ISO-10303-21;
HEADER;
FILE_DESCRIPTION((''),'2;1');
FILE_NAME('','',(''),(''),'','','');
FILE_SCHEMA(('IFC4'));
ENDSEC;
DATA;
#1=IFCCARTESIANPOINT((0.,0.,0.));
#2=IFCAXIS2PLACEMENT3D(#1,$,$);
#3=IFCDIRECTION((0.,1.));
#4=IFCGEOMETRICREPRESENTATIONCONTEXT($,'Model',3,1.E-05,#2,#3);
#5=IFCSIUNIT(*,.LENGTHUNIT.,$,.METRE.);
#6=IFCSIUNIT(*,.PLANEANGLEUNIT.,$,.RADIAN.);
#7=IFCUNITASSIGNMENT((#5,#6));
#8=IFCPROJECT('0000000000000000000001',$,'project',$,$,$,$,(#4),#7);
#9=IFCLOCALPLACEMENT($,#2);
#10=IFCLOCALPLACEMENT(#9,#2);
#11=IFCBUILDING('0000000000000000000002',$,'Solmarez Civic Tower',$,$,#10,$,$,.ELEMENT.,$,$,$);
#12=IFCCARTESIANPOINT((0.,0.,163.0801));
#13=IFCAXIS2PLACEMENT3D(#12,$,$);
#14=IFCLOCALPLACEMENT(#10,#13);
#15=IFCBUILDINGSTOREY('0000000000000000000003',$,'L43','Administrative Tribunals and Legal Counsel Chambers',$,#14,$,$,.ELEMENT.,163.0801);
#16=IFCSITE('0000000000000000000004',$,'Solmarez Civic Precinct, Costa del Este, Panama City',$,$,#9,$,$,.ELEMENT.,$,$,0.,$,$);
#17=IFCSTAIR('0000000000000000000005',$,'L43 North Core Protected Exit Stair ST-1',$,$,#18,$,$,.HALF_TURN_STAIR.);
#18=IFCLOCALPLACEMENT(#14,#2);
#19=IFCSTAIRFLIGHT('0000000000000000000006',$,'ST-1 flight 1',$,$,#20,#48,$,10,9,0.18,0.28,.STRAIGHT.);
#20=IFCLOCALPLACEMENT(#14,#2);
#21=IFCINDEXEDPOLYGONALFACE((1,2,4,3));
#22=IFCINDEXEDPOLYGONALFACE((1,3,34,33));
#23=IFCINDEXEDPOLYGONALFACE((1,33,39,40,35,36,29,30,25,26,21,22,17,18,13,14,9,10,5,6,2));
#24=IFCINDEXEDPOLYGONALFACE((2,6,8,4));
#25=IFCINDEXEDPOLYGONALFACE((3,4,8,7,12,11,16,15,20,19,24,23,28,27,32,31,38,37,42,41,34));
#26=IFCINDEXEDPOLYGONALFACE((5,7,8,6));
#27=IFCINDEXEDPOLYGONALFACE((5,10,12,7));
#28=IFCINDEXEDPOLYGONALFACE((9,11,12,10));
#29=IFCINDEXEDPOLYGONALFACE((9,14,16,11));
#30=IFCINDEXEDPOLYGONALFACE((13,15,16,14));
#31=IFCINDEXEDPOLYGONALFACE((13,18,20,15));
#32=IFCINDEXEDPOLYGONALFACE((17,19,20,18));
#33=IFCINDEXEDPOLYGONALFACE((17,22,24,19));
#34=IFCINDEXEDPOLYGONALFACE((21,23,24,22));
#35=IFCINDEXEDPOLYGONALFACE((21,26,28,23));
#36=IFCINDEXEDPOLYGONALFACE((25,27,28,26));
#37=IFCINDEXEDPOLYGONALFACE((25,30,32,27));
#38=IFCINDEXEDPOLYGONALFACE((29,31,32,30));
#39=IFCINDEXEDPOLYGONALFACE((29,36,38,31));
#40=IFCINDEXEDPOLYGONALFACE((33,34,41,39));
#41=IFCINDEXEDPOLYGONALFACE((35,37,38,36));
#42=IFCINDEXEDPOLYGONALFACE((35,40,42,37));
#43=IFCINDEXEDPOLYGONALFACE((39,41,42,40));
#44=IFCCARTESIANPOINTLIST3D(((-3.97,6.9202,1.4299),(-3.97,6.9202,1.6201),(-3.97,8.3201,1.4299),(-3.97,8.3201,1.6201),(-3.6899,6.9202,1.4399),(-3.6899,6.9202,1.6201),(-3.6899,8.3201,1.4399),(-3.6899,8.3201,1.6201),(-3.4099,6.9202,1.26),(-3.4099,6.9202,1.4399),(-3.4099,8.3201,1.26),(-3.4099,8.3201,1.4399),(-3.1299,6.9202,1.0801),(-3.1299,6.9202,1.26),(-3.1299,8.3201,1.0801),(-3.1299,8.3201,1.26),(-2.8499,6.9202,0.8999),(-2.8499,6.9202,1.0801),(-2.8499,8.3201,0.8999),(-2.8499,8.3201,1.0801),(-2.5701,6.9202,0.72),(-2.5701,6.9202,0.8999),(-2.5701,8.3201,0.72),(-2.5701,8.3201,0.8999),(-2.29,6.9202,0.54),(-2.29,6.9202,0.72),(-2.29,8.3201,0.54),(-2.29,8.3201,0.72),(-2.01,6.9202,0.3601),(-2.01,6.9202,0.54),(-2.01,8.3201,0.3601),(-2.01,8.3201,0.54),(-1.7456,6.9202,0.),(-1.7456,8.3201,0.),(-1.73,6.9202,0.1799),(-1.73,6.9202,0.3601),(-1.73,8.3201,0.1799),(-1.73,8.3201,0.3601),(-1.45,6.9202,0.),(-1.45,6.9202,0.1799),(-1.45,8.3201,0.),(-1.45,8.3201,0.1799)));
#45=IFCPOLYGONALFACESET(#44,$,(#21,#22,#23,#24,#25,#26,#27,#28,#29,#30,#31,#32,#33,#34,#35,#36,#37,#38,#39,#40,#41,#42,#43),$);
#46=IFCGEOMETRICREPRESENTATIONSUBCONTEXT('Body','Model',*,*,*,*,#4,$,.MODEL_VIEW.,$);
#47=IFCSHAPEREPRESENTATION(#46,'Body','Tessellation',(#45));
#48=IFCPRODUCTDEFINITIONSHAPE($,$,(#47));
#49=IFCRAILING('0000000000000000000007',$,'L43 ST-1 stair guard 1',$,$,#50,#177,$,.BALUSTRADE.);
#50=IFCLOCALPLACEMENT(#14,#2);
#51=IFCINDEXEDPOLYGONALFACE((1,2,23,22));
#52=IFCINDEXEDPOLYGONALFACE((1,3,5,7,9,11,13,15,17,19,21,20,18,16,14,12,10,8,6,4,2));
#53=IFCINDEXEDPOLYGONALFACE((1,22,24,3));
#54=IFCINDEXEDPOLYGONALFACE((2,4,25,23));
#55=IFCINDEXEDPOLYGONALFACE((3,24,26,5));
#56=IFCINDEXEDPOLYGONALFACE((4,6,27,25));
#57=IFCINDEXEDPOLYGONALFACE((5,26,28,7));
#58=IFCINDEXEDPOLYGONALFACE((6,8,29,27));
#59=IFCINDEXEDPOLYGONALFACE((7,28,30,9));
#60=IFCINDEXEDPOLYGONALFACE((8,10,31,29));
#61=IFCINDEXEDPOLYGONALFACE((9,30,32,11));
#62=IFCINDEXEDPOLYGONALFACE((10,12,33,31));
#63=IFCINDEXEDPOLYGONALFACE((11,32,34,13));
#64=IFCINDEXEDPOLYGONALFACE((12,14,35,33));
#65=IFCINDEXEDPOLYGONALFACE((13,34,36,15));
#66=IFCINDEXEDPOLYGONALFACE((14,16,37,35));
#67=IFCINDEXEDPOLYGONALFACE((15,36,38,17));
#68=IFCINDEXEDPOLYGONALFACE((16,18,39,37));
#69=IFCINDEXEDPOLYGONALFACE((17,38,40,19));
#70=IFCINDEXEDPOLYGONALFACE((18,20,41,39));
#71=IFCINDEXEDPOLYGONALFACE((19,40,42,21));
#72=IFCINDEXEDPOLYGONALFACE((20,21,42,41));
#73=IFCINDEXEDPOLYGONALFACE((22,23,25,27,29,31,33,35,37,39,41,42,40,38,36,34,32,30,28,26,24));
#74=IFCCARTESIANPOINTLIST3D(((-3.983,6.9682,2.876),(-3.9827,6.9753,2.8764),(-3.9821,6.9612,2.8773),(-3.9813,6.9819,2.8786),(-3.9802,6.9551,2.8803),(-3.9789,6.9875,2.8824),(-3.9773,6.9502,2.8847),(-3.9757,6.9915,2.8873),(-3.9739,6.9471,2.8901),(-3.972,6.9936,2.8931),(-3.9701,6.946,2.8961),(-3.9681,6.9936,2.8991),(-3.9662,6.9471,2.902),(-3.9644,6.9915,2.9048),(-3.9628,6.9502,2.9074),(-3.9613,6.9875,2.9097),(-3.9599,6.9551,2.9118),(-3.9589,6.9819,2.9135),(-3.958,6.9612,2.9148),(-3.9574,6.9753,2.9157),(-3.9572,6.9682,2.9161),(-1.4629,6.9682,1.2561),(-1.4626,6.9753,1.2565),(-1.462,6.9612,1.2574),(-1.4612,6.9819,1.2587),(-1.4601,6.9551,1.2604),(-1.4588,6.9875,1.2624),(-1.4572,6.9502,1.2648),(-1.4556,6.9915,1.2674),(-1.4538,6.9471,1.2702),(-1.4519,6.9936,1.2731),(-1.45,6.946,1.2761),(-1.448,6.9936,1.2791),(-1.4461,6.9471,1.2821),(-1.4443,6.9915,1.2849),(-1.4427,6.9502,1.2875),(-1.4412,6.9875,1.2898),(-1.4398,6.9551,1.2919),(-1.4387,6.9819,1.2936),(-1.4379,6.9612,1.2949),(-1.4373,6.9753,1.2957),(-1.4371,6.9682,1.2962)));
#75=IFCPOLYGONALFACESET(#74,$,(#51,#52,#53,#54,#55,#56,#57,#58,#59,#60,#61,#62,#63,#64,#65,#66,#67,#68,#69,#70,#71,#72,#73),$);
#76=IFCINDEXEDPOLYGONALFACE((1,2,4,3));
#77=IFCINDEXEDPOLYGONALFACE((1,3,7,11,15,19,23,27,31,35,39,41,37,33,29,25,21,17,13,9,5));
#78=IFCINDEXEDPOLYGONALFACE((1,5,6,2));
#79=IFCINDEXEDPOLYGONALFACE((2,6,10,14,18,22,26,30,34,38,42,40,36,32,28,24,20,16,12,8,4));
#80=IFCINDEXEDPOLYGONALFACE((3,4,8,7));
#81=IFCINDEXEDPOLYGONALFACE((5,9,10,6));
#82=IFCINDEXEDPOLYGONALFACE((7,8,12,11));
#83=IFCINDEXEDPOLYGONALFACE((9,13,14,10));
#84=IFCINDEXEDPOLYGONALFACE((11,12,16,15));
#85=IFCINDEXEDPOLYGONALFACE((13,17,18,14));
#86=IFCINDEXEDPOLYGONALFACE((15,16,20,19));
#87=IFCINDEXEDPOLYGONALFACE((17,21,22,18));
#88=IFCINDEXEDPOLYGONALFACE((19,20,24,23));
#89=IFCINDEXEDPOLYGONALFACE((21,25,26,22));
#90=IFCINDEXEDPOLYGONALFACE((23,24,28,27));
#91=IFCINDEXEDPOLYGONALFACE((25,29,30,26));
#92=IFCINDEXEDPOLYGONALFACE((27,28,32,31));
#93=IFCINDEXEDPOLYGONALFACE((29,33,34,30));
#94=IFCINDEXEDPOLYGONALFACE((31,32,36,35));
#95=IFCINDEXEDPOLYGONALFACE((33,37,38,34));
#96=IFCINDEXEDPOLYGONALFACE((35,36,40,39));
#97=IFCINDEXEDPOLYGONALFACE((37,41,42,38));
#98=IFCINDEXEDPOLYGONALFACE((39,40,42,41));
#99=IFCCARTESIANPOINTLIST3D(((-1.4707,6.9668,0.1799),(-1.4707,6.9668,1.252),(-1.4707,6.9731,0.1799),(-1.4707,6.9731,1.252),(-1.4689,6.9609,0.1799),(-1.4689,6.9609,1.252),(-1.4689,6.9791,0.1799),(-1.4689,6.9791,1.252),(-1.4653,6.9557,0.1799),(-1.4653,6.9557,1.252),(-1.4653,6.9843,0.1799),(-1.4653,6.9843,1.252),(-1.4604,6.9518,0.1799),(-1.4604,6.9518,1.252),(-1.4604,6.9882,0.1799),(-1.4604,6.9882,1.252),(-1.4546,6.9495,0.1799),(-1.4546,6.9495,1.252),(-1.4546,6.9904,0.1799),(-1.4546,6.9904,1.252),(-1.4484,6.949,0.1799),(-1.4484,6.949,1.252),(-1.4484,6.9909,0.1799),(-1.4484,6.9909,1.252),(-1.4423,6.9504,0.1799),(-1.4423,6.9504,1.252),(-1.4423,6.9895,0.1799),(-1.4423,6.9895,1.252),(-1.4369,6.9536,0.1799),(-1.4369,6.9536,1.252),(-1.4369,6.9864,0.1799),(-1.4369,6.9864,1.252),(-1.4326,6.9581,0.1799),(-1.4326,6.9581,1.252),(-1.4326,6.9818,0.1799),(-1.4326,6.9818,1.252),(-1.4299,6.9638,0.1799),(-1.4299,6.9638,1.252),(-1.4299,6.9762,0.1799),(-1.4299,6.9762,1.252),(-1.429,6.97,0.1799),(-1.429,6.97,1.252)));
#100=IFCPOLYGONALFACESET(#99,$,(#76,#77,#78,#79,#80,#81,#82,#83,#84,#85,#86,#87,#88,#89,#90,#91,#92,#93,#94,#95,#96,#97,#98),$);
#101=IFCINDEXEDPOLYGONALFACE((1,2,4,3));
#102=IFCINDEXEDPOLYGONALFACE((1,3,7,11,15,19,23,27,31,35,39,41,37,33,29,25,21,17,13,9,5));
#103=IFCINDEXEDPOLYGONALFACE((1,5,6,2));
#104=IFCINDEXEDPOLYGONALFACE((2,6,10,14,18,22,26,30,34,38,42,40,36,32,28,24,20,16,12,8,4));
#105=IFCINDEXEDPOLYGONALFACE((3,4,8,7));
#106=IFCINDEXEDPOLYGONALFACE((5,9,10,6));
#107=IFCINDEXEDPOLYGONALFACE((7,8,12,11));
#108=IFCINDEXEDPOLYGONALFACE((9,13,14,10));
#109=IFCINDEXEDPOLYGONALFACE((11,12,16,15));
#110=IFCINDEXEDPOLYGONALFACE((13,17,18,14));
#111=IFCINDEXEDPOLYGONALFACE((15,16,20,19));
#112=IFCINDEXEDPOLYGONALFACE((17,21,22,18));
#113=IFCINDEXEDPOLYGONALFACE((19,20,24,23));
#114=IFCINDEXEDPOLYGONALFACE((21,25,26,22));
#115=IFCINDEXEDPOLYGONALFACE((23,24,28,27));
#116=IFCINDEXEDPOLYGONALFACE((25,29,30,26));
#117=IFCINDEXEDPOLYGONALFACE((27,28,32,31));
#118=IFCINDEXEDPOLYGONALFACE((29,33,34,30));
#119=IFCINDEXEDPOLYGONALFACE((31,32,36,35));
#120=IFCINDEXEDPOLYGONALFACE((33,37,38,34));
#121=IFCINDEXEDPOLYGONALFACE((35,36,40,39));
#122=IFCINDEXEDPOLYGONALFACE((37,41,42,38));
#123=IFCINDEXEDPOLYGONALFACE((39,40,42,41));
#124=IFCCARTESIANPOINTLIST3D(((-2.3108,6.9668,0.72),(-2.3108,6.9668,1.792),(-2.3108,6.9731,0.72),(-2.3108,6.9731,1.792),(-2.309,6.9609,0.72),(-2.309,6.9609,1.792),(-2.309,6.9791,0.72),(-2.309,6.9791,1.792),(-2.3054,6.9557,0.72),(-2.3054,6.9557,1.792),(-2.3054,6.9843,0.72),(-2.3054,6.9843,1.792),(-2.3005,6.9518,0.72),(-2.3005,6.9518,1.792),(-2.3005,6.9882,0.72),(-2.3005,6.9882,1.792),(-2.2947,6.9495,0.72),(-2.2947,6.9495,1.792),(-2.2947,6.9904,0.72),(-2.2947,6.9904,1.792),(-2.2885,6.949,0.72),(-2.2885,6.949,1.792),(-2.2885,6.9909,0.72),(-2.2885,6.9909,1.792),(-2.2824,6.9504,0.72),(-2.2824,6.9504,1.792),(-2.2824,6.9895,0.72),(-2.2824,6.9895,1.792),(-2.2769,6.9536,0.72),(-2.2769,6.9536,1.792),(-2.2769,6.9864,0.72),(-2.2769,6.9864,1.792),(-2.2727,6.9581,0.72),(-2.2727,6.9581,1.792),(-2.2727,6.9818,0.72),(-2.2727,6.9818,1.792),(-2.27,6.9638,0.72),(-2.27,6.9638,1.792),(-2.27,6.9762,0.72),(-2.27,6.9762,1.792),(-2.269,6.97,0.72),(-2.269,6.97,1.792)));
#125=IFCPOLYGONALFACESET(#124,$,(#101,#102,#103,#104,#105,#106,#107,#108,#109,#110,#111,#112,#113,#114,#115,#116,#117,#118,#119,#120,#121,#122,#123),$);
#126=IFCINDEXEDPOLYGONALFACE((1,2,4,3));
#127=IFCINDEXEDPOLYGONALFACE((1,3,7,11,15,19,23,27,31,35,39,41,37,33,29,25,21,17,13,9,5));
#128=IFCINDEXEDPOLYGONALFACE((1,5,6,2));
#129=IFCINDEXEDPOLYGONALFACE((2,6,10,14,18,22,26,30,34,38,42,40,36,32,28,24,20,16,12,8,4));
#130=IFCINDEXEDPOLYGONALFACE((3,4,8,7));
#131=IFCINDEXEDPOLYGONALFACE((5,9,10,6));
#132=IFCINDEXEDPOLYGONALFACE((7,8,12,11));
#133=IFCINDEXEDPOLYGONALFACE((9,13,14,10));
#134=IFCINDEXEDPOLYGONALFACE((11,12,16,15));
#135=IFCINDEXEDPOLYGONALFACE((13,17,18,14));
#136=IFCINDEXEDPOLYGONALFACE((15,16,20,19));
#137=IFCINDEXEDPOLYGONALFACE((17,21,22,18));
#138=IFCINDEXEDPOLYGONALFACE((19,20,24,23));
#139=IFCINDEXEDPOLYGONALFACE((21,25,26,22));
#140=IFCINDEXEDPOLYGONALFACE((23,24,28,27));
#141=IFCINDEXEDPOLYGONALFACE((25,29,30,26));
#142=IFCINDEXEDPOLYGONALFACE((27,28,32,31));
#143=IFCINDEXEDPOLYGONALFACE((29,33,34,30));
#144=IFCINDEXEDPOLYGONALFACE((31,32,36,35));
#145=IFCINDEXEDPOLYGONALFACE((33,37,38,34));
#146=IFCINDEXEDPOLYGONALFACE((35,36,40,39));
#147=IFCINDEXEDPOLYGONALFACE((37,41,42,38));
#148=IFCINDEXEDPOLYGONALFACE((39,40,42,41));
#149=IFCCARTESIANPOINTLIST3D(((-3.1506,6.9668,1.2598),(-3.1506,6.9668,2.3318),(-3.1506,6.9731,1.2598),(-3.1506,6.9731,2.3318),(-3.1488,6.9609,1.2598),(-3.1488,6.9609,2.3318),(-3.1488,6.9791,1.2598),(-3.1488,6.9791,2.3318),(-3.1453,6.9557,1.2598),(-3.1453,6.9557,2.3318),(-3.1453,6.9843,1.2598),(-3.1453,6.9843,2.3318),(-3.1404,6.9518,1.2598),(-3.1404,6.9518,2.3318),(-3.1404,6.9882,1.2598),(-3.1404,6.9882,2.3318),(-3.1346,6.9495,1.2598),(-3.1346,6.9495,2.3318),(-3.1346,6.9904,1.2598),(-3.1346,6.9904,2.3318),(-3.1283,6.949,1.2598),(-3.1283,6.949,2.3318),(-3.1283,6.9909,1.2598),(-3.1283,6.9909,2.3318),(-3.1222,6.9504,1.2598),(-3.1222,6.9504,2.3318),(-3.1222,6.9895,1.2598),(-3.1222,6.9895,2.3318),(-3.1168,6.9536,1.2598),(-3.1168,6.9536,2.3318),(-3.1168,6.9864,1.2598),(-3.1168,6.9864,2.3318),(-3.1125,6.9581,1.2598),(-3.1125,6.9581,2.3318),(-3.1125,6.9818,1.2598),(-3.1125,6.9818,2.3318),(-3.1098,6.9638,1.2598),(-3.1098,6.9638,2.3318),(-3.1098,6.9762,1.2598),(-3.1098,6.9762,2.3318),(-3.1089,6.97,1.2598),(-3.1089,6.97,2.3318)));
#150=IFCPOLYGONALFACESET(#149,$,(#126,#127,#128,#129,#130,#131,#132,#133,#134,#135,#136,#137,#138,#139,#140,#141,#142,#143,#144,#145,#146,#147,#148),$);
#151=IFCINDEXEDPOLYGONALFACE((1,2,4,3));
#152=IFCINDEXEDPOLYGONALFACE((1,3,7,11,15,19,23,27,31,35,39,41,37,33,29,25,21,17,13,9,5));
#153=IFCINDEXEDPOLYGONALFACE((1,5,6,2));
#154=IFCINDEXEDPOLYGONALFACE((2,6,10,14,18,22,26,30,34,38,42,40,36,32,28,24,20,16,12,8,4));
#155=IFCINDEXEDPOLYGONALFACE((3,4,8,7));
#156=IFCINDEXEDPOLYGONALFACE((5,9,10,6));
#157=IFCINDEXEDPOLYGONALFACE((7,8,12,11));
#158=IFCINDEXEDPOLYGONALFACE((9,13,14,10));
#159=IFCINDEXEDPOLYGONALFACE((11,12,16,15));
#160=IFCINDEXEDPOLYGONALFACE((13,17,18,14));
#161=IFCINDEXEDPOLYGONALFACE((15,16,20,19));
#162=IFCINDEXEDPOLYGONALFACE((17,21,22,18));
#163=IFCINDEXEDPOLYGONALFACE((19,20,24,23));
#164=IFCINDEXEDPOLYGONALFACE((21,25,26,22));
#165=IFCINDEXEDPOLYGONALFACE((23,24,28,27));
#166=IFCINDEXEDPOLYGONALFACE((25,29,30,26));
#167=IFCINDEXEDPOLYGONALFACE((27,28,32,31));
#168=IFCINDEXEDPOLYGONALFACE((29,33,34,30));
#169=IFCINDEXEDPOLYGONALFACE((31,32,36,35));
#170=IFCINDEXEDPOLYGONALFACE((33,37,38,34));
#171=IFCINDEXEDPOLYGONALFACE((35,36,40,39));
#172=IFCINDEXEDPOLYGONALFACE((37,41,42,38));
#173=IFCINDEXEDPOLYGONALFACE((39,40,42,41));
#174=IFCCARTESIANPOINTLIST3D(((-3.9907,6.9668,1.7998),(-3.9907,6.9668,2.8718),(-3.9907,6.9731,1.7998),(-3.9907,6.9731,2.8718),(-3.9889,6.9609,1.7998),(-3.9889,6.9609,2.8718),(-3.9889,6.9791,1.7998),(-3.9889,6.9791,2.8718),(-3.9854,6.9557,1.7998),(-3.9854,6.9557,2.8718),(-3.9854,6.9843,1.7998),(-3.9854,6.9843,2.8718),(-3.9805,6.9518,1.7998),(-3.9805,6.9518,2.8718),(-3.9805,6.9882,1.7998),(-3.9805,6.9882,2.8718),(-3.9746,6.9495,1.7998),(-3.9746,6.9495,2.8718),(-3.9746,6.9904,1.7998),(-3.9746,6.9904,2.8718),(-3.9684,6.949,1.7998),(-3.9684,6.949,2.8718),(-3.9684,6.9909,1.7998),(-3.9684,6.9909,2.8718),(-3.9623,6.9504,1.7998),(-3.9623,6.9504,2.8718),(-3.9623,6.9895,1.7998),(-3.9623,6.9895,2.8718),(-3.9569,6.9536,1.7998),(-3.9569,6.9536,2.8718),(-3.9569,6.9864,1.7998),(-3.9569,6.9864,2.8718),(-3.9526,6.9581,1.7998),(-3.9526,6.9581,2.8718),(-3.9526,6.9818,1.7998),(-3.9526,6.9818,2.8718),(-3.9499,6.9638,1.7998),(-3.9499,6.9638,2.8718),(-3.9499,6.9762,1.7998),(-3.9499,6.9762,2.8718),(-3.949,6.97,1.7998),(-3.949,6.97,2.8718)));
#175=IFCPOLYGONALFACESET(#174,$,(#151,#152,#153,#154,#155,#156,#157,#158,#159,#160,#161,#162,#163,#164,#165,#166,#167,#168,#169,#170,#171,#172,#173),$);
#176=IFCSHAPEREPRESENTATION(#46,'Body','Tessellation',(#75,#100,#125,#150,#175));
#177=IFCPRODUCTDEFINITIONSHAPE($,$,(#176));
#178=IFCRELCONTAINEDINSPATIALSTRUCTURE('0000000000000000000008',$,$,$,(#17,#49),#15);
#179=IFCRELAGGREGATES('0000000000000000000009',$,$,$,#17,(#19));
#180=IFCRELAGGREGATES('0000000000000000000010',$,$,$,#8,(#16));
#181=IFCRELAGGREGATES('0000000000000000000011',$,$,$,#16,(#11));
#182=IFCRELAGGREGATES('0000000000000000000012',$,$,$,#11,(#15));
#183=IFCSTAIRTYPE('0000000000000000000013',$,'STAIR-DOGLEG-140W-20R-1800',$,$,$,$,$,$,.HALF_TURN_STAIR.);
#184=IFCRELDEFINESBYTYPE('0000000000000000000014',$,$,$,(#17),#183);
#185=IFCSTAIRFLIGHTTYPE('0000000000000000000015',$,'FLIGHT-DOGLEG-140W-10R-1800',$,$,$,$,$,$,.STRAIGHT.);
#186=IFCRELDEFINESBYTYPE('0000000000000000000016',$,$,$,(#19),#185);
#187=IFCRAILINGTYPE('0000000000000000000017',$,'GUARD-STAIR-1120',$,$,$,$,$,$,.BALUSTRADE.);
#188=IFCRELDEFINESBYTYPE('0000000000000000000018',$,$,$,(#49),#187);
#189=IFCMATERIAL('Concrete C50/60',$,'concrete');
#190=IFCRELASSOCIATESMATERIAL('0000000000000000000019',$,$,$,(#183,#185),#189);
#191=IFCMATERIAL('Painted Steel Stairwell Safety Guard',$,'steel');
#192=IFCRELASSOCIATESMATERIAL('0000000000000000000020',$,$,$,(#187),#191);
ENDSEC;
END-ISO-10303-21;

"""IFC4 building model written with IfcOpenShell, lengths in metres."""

from ifc_helpers import new_model, si_unit, direction, frame, origin, origin_2d, place, context, subcontext, project, spatial, polyline, circle, outline, extrude, material, type_object, element, aggregate, save


model = new_model("IFC4")

# Units and contexts
model_context = context("Model", 3, precision=1e-05, world=origin(), true_north=direction((0.0, 1.0)))
body_context = subcontext(model_context, "Body", "Model", "MODEL_VIEW")
ifc_project = project(units=[si_unit("LENGTHUNIT", "METRE"), si_unit("PLANEANGLEUNIT", "RADIAN")], contexts=[model_context])

# Site, building, storey
site_placement = place(None, origin())
site = spatial("IfcSite", under=ifc_project, at=site_placement, Name="Solmarez Civic Precinct, Costa del Este, Panama City", CompositionType="ELEMENT", RefElevation=0.0)
building_placement = place(site_placement, origin())
building = spatial("IfcBuilding", under=site, at=building_placement, Name="Solmarez Civic Tower", CompositionType="ELEMENT")
storey_placement = place(building_placement, frame((0.0, 0.0, 163.0801)))
storey = spatial("IfcBuildingStorey", under=building, at=storey_placement, Name="L43", Description="Administrative Tribunals and Legal Counsel Chambers", CompositionType="ELEMENT", Elevation=163.0801)

# Shared definitions
ifc_material_1 = material(Name="Concrete C50/60", Category="concrete")

# Stair, stair flight
stair_type = type_object("IfcStairType", Name="STAIR-DOGLEG-140W-20R-1800", PredefinedType="HALF_TURN_STAIR", material=ifc_material_1)
stair_placement = place(storey_placement, origin())
stair = element("IfcStair", 1, at=stair_placement, inside=storey, type_object=stair_type, Name="L43 North Core Protected Exit Stair ST-1", PredefinedType="HALF_TURN_STAIR")
stair_flight_type = type_object("IfcStairFlightType", Name="FLIGHT-DOGLEG-140W-10R-1800", PredefinedType="STRAIGHT", material=ifc_material_1)
stair_flight_placement = place(storey_placement, frame((-1.45, 7.6201, 0.0), z_axis=(0.0, 0.0, 1.0), x_axis=(-1.0, 0.0, 0.0)))
stair_flight = element("IfcStairFlight", 2, at=stair_flight_placement, type_object=stair_flight_type, Name="ST-1 flight 1", NumberOfRisers=10, NumberOfTreads=9, PredefinedType="STRAIGHT", RiserHeight=0.18, TreadLength=0.28, context=body_context, shape_type="SweptSolid", body=[
    extrude(outline(polyline([(0.0, 0.0), (0.0, 0.1799), (0.28, 0.1799), (0.28, 0.3601), (0.5601, 0.3601), (0.5601, 0.54), (0.8401, 0.54), (0.8401, 0.72), (1.1201, 0.72), (1.1201, 0.8999), (1.3999, 0.8999), (1.3999, 1.0801), (1.6799, 1.0801), (1.6799, 1.26), (1.96, 1.26), (1.96, 1.4399), (2.24, 1.4399), (2.24, 1.6201), (2.52, 1.6201), (2.52, 1.8), (2.52, 1.4299), (0.2957, 0.0), (0.0, 0.0)])), frame((0.0, 0.7, 0.0), z_axis=(0.0, -1.0, 0.0), x_axis=(1.0, 0.0, 0.0)), (0.0, 0.0, 1.0), 1.3999),
])
aggregate(stair, [stair_flight])

# Railing
ifc_material_2 = material(Name="Painted Steel Stairwell Safety Guard", Category="steel")
railing_type_1 = type_object("IfcRailingType", Name="GUARD-STAIR-1120", PredefinedType="BALUSTRADE", material=ifc_material_2)
railing_1_placement = place(storey_placement, frame((-1.45, 6.97, 0.1799)))
element("IfcRailing", 3, at=railing_1_placement, inside=storey, type_object=railing_type_1, Name="L43 ST-1 stair guard 1", PredefinedType="BALUSTRADE", context=body_context, shape_type="SweptSolid", body=[
    extrude(circle(Radius=0.0239, at=origin_2d()), frame((0.0, 0.0, 1.0962), z_axis=(-0.8412, 0.0, 0.540725), x_axis=(0.0, -1.0, 0.0)), (0.0, 0.0, 1.0), 2.9958),
    extrude(circle(Radius=0.021, at=origin_2d()), origin(), (0.0, 0.0, 1.0), 1.072),
    extrude(circle(Radius=0.021, at=origin_2d()), frame((-0.8401, 0.0, 0.54)), (0.0, 0.0, 1.0), 1.072),
    extrude(circle(Radius=0.021, at=origin_2d()), frame((-1.6799, 0.0, 1.0798)), (0.0, 0.0, 1.0), 1.072),
    extrude(circle(Radius=0.021, at=origin_2d()), frame((-2.52, 0.0, 1.6199)), (0.0, 0.0, 1.0), 1.072),
])

save(model, "model.ifc")
